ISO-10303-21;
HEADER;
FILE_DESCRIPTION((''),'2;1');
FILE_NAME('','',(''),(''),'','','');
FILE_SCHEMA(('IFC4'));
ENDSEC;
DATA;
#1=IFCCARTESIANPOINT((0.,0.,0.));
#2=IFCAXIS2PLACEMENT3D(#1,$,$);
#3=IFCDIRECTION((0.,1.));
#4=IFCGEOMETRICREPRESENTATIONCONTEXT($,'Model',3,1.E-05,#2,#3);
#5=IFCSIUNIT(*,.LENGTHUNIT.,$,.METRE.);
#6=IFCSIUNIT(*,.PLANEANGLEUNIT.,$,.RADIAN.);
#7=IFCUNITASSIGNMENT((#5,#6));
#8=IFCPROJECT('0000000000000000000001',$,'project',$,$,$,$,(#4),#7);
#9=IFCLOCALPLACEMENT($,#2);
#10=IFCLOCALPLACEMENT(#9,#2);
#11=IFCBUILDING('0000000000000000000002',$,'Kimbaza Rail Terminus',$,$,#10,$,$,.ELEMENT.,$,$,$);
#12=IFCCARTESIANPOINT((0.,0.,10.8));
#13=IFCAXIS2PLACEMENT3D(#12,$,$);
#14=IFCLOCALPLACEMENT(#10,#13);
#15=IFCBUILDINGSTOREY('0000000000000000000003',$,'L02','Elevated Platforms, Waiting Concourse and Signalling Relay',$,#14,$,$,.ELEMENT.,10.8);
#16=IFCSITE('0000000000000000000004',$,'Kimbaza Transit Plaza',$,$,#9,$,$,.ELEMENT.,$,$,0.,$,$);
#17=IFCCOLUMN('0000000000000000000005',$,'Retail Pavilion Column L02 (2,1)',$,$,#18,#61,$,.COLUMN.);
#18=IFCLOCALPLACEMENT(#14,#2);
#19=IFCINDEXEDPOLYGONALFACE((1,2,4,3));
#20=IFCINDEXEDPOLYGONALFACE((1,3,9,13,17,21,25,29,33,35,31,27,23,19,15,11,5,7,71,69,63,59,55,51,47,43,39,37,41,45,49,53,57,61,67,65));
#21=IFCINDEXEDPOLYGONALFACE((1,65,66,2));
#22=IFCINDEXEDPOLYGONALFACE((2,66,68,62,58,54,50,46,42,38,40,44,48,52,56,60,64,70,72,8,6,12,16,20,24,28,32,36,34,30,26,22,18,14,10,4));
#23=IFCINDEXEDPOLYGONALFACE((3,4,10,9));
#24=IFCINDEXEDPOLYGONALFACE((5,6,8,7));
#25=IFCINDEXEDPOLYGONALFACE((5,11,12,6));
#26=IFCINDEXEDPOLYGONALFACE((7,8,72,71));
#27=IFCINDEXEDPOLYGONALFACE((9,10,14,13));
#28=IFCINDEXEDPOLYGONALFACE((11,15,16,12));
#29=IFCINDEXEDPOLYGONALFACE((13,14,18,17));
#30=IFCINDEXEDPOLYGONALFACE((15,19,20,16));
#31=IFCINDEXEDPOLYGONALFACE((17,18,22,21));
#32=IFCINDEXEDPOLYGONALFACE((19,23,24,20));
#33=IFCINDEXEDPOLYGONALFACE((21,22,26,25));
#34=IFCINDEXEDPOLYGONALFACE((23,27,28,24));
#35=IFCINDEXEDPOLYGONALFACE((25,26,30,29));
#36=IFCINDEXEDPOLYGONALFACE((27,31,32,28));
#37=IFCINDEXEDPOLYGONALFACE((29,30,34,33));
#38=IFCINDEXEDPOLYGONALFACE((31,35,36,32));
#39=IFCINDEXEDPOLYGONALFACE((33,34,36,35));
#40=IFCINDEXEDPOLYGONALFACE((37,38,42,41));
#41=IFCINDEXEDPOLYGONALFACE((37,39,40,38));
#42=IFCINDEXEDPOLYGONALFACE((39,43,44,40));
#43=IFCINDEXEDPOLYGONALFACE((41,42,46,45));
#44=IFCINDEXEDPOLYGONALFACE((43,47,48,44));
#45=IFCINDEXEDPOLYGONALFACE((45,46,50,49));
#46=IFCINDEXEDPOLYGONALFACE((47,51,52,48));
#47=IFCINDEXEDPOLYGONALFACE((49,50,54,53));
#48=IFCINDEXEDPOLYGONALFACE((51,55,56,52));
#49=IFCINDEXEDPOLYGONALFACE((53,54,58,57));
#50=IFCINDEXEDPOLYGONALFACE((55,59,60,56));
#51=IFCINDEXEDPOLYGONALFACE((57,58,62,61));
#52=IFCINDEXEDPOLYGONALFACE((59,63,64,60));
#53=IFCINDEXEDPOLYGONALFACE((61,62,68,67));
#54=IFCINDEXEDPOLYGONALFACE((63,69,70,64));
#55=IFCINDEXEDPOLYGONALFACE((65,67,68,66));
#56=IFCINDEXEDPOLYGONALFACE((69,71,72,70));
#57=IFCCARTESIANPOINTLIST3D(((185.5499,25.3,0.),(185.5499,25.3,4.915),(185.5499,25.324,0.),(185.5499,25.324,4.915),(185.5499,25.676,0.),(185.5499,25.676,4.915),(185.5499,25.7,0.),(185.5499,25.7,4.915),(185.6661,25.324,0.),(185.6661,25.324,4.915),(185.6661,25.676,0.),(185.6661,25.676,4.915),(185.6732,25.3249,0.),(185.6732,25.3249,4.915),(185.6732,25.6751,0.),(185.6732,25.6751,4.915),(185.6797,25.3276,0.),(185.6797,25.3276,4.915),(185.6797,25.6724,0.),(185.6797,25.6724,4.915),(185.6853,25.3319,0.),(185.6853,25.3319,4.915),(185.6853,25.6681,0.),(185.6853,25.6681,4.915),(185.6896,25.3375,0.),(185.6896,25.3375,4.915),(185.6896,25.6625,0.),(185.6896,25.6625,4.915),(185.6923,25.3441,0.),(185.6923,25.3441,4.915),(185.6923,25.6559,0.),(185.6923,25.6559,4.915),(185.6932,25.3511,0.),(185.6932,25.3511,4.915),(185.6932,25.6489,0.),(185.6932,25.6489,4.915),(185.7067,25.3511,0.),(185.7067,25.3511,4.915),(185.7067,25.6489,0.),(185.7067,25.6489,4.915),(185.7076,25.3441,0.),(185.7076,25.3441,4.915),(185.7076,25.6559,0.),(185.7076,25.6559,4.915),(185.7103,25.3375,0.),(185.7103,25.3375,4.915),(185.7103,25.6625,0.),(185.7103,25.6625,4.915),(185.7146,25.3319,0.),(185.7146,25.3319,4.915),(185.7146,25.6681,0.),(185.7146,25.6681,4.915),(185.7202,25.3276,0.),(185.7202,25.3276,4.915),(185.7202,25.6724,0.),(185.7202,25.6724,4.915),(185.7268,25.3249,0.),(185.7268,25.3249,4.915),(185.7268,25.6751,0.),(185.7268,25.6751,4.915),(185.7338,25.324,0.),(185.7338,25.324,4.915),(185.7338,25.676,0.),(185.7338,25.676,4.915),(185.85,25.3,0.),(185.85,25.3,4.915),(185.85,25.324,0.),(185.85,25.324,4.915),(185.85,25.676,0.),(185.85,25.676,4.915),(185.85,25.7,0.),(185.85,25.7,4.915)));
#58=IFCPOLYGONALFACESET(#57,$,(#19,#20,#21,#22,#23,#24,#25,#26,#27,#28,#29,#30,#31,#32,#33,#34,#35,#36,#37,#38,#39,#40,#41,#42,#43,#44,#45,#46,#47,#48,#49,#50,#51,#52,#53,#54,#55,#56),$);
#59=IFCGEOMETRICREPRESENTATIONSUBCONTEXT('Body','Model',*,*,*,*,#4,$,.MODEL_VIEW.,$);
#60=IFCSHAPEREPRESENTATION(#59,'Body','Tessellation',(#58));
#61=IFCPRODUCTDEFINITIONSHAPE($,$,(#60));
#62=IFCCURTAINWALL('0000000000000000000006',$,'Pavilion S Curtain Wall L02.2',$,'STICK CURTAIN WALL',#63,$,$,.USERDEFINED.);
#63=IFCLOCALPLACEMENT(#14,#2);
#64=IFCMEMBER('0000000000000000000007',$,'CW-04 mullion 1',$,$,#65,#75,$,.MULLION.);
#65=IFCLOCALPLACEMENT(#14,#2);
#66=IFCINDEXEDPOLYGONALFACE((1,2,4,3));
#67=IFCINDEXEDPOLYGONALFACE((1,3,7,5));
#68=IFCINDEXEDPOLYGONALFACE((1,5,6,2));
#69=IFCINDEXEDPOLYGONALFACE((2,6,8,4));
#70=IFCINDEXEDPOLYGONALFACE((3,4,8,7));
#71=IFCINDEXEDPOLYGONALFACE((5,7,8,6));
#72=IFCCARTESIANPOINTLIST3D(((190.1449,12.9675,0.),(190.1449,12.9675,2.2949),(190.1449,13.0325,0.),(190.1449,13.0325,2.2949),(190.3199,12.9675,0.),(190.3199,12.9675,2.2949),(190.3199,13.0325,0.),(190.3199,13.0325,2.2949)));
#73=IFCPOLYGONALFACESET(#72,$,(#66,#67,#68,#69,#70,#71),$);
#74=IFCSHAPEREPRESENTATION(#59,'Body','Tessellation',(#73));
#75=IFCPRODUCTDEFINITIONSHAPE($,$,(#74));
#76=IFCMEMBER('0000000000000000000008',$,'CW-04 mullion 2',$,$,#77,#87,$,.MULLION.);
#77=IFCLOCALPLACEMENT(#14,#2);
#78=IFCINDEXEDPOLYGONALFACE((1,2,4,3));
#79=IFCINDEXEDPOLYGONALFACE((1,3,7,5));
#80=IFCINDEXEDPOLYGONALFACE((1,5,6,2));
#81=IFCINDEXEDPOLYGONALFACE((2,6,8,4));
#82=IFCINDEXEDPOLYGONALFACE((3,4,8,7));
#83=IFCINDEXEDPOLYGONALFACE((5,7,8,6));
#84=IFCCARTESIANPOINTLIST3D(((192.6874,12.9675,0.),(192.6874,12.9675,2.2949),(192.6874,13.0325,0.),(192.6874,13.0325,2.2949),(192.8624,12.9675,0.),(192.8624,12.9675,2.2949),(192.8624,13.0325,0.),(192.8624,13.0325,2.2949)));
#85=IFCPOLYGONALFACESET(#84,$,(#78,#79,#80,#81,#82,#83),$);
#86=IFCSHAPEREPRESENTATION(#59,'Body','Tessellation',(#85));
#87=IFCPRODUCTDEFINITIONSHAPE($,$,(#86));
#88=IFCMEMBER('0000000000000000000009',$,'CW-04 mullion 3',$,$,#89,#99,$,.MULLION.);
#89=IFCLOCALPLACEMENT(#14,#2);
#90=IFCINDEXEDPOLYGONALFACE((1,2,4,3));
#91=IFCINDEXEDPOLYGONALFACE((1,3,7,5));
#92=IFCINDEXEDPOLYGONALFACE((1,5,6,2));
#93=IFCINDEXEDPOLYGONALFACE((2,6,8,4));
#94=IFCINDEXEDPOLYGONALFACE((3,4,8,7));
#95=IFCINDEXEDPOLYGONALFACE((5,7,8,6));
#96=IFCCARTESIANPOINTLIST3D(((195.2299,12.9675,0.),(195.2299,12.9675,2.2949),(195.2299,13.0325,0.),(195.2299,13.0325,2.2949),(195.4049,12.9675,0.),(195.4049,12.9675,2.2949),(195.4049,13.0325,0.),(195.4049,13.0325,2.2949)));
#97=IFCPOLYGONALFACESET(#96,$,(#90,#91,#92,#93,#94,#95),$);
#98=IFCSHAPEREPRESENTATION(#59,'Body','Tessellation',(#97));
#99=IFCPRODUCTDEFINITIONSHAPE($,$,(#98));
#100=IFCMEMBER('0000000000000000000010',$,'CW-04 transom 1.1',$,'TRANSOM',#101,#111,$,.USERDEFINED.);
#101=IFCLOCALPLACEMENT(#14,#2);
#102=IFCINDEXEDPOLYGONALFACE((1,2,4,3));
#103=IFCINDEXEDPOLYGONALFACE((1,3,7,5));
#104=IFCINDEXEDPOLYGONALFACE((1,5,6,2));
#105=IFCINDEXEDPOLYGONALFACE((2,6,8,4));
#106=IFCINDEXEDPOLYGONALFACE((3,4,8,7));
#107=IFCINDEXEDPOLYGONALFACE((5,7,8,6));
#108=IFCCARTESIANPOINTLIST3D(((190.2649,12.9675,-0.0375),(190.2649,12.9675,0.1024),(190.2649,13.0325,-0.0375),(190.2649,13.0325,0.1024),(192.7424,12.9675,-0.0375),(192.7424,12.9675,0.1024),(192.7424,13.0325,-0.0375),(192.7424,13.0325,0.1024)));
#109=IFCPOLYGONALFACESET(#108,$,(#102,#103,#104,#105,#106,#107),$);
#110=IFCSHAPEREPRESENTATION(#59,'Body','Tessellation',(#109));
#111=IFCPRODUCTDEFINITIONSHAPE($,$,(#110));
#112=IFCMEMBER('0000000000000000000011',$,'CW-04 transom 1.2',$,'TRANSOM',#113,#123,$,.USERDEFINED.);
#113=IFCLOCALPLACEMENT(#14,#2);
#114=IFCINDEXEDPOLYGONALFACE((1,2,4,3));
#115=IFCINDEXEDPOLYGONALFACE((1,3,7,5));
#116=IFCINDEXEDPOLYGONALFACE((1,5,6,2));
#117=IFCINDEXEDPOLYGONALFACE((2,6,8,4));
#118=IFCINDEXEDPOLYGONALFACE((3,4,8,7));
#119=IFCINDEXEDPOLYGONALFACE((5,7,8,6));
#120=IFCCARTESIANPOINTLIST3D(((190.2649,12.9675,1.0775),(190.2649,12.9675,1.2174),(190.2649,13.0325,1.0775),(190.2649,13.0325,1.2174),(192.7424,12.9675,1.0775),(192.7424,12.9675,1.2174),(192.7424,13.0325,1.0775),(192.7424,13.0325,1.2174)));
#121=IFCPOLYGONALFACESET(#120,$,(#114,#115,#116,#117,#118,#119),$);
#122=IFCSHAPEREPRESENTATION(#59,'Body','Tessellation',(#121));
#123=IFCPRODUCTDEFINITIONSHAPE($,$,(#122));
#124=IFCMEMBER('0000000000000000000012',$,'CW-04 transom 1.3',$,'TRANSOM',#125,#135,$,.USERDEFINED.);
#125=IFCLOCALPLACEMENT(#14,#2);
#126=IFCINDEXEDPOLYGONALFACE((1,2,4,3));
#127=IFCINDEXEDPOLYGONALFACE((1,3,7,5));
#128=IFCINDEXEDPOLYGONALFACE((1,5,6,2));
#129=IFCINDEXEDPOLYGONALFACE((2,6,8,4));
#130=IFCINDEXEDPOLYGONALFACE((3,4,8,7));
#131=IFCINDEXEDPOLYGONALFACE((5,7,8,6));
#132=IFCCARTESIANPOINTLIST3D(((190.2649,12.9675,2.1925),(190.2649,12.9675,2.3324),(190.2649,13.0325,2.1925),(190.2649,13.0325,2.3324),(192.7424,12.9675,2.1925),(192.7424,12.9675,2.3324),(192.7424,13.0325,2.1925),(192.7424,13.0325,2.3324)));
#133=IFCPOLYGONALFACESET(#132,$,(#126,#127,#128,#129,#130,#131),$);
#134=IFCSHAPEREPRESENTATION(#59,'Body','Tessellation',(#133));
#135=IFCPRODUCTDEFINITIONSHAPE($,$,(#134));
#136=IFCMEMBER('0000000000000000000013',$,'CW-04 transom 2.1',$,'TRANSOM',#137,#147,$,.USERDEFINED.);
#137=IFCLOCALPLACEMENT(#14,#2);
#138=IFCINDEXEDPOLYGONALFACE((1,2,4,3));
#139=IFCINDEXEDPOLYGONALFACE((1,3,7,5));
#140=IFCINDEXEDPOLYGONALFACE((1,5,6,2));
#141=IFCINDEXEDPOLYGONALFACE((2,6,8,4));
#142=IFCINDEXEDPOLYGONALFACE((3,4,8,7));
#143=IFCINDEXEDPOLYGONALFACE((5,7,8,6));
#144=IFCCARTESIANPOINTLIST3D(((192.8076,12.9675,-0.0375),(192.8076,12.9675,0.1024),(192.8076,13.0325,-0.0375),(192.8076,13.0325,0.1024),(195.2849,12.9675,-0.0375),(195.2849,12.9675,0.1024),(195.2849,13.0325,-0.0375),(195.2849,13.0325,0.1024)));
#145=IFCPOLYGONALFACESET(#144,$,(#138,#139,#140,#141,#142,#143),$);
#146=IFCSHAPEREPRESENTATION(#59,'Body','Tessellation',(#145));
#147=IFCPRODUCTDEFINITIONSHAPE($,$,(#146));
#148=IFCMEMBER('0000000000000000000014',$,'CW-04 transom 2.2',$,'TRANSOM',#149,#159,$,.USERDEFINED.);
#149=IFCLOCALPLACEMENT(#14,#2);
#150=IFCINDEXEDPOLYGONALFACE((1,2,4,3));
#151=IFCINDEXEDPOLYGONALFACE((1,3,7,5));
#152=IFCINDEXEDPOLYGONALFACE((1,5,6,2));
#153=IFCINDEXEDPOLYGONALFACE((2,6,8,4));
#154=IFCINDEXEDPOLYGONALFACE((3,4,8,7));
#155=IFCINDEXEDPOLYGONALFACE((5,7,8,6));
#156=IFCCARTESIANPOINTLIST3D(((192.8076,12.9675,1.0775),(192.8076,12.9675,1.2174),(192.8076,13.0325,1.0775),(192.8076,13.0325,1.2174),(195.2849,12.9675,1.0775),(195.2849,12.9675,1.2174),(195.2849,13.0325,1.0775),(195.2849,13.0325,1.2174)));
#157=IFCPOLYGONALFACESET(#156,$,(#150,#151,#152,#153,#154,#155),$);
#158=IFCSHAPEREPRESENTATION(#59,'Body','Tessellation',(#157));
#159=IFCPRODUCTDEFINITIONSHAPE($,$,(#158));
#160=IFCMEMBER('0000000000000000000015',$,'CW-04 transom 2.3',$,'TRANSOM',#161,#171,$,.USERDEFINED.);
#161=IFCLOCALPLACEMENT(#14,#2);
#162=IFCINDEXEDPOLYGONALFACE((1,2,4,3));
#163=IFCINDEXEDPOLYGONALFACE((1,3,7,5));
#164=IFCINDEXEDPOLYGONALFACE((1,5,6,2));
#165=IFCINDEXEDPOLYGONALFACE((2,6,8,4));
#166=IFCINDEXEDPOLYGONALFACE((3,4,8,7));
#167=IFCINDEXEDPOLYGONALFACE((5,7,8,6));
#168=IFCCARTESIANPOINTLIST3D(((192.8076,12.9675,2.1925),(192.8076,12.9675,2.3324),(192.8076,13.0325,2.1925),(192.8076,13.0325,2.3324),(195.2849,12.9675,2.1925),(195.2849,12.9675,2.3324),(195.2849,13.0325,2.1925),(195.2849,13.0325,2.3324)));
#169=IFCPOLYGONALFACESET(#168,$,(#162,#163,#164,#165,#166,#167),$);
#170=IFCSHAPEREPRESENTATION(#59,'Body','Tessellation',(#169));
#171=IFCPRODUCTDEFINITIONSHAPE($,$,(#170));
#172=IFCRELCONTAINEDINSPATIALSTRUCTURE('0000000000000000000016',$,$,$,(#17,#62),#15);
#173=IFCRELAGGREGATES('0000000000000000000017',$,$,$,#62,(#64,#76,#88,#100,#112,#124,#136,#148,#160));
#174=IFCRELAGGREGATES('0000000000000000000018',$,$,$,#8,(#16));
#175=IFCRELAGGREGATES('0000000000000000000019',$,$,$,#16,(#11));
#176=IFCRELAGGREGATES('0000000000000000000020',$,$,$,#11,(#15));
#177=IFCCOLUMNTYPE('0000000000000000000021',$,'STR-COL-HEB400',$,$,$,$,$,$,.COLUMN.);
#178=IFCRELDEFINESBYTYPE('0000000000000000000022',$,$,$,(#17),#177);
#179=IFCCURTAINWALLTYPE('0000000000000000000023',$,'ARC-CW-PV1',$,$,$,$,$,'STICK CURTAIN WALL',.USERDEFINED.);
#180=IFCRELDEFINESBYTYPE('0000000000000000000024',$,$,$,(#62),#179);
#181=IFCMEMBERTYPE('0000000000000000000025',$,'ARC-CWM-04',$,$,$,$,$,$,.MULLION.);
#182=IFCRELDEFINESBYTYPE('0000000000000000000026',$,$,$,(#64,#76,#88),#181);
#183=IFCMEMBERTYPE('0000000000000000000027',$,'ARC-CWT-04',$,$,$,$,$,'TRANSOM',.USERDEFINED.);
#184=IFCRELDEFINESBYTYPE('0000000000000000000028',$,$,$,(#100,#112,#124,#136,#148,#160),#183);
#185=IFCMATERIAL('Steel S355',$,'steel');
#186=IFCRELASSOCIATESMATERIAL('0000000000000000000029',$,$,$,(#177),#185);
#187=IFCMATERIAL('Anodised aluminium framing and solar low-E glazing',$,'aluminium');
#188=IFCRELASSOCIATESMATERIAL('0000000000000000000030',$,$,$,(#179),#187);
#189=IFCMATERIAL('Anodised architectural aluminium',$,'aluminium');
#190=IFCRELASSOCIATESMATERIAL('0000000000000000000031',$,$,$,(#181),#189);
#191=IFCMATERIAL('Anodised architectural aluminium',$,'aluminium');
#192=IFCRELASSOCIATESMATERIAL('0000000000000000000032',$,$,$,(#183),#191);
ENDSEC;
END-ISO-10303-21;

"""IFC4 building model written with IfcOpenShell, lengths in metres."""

from ifc_helpers import new_model, si_unit, direction, frame, origin, origin_2d, place, context, subcontext, project, spatial, rectangle, i_section, extrude, material, material_profile, profile_set, type_object, element, aggregate, save


model = new_model("IFC4")

# Units and contexts
model_context = context("Model", 3, precision=1e-05, world=origin(), true_north=direction((0.0, 1.0)))
body_context = subcontext(model_context, "Body", "Model", "MODEL_VIEW")
ifc_project = project(units=[si_unit("LENGTHUNIT", "METRE"), si_unit("PLANEANGLEUNIT", "RADIAN")], contexts=[model_context])

# Site, building, storey
site_placement = place(None, origin())
site = spatial("IfcSite", under=ifc_project, at=site_placement, Name="Kimbaza Transit Plaza", CompositionType="ELEMENT", RefElevation=0.0)
building_placement = place(site_placement, origin())
building = spatial("IfcBuilding", under=site, at=building_placement, Name="Kimbaza Rail Terminus", CompositionType="ELEMENT")
storey_placement = place(building_placement, frame((0.0, 0.0, 10.8)))
storey = spatial("IfcBuildingStorey", under=building, at=storey_placement, Name="L02", Description="Elevated Platforms, Waiting Concourse and Signalling Relay", CompositionType="ELEMENT", Elevation=10.8)

# Column
ifc_material_1 = material(Name="Steel S355", Category="steel")
ifc_material_profile_1 = material_profile(ifc_material_1, i_section(OverallWidth=0.3, OverallDepth=0.3999, WebThickness=0.0134, FlangeThickness=0.0239, FilletRadius=0.0271, at=origin_2d()), Name="HEB 400")
ifc_profile_set_1 = profile_set([ifc_material_profile_1], Name="Steel S355")
column_type = type_object("IfcColumnType", Name="STR-COL-HEB400", PredefinedType="COLUMN", material=ifc_profile_set_1)
column_placement = place(storey_placement, frame((185.7, 25.5, 0.0), z_axis=(0.0, 0.0, 1.0), x_axis=(1.0, 0.0, 0.0)))
element("IfcColumn", 1, at=column_placement, inside=storey, type_object=column_type, Name="Retail Pavilion Column L02 (2,1)", PredefinedType="COLUMN", context=body_context, shape_type="SweptSolid", body=[
    extrude(i_section(OverallWidth=0.3, OverallDepth=0.3999, WebThickness=0.0134, FlangeThickness=0.0239, FilletRadius=0.0271, at=origin_2d()), origin(), (0.0, 0.0, 1.0), 4.915),
])

# Curtain wall, members
ifc_material_2 = material(Name="Anodised aluminium framing and solar low-E glazing", Category="aluminium")
curtain_wall_type = type_object("IfcCurtainWallType", Name="ARC-CW-PV1", ElementType="STICK CURTAIN WALL", PredefinedType="USERDEFINED", material=ifc_material_2)
curtain_wall_placement = place(storey_placement, origin())
curtain_wall = element("IfcCurtainWall", 2, at=curtain_wall_placement, inside=storey, type_object=curtain_wall_type, Name="Pavilion S Curtain Wall L02.2", ObjectType="STICK CURTAIN WALL", PredefinedType="USERDEFINED")
ifc_material_3 = material(Name="Anodised architectural aluminium", Category="aluminium")
ifc_material_profile_2 = material_profile(ifc_material_3, rectangle(XDim=0.0649, YDim=0.175, at=origin_2d()), Name="MULLION 65x175")
ifc_profile_set_2 = profile_set([ifc_material_profile_2], Name="Anodised architectural aluminium")
member_type_1 = type_object("IfcMemberType", Name="ARC-CWM-04", PredefinedType="MULLION", material=ifc_profile_set_2)
member_1_placement = place(storey_placement, frame((190.2324, 13.0, 0.0), z_axis=(0.0, 0.0, 1.0), x_axis=(0.0, 1.0, 0.0)))
member_1 = element("IfcMember", 3, at=member_1_placement, type_object=member_type_1, Name="CW-04 mullion 1", PredefinedType="MULLION", context=body_context, shape_type="SweptSolid", body=[
    extrude(rectangle(XDim=0.0649, YDim=0.175, at=origin_2d()), origin(), (0.0, 0.0, 1.0), 2.2949),
])
member_2_placement = place(storey_placement, frame((192.7749, 13.0, 0.0), z_axis=(0.0, 0.0, 1.0), x_axis=(0.0, 1.0, 0.0)))
member_2 = element("IfcMember", 4, at=member_2_placement, type_object=member_type_1, Name="CW-04 mullion 2", PredefinedType="MULLION", context=body_context, shape_type="SweptSolid", body=[
    extrude(rectangle(XDim=0.0649, YDim=0.175, at=origin_2d()), origin(), (0.0, 0.0, 1.0), 2.2949),
])
member_3_placement = place(storey_placement, frame((195.3174, 13.0, 0.0), z_axis=(0.0, 0.0, 1.0), x_axis=(0.0, 1.0, 0.0)))
member_3 = element("IfcMember", 5, at=member_3_placement, type_object=member_type_1, Name="CW-04 mullion 3", PredefinedType="MULLION", context=body_context, shape_type="SweptSolid", body=[
    extrude(rectangle(XDim=0.0649, YDim=0.175, at=origin_2d()), origin(), (0.0, 0.0, 1.0), 2.2949),
])
ifc_material_4 = material(Name="Anodised architectural aluminium", Category="aluminium")
ifc_material_profile_3 = material_profile(ifc_material_4, rectangle(XDim=0.0649, YDim=0.1399, at=origin_2d()), Name="TRANSOM 65x140")
ifc_profile_set_3 = profile_set([ifc_material_profile_3], Name="Anodised architectural aluminium")
member_type_2 = type_object("IfcMemberType", Name="ARC-CWT-04", ElementType="TRANSOM", PredefinedType="USERDEFINED", material=ifc_profile_set_3)
member_4_placement = place(storey_placement, frame((190.2649, 13.0, 0.0325), z_axis=(1.0, 0.0, 0.0), x_axis=(0.0, 1.0, 0.0)))
member_4 = element("IfcMember", 6, at=member_4_placement, type_object=member_type_2, Name="CW-04 transom 1.1", ObjectType="TRANSOM", PredefinedType="USERDEFINED", context=body_context, shape_type="SweptSolid", body=[
    extrude(rectangle(XDim=0.0649, YDim=0.1399, at=origin_2d()), origin(), (0.0, 0.0, 1.0), 2.4775),
])
member_5_placement = place(storey_placement, frame((190.2649, 13.0, 1.1475), z_axis=(1.0, 0.0, 0.0), x_axis=(0.0, 1.0, 0.0)))
member_5 = element("IfcMember", 7, at=member_5_placement, type_object=member_type_2, Name="CW-04 transom 1.2", ObjectType="TRANSOM", PredefinedType="USERDEFINED", context=body_context, shape_type="SweptSolid", body=[
    extrude(rectangle(XDim=0.0649, YDim=0.1399, at=origin_2d()), origin(), (0.0, 0.0, 1.0), 2.4775),
])
member_6_placement = place(storey_placement, frame((190.2649, 13.0, 2.2625), z_axis=(1.0, 0.0, 0.0), x_axis=(0.0, 1.0, 0.0)))
member_6 = element("IfcMember", 8, at=member_6_placement, type_object=member_type_2, Name="CW-04 transom 1.3", ObjectType="TRANSOM", PredefinedType="USERDEFINED", context=body_context, shape_type="SweptSolid", body=[
    extrude(rectangle(XDim=0.0649, YDim=0.1399, at=origin_2d()), origin(), (0.0, 0.0, 1.0), 2.4775),
])
member_7_placement = place(storey_placement, frame((192.8076, 13.0, 0.0325), z_axis=(1.0, 0.0, 0.0), x_axis=(0.0, 1.0, 0.0)))
member_7 = element("IfcMember", 9, at=member_7_placement, type_object=member_type_2, Name="CW-04 transom 2.1", ObjectType="TRANSOM", PredefinedType="USERDEFINED", context=body_context, shape_type="SweptSolid", body=[
    extrude(rectangle(XDim=0.0649, YDim=0.1399, at=origin_2d()), origin(), (0.0, 0.0, 1.0), 2.4773),
])
member_8_placement = place(storey_placement, frame((192.8076, 13.0, 1.1475), z_axis=(1.0, 0.0, 0.0), x_axis=(0.0, 1.0, 0.0)))
member_8 = element("IfcMember", 10, at=member_8_placement, type_object=member_type_2, Name="CW-04 transom 2.2", ObjectType="TRANSOM", PredefinedType="USERDEFINED", context=body_context, shape_type="SweptSolid", body=[
    extrude(rectangle(XDim=0.0649, YDim=0.1399, at=origin_2d()), origin(), (0.0, 0.0, 1.0), 2.4773),
])
member_9_placement = place(storey_placement, frame((192.8076, 13.0, 2.2625), z_axis=(1.0, 0.0, 0.0), x_axis=(0.0, 1.0, 0.0)))
member_9 = element("IfcMember", 11, at=member_9_placement, type_object=member_type_2, Name="CW-04 transom 2.3", ObjectType="TRANSOM", PredefinedType="USERDEFINED", context=body_context, shape_type="SweptSolid", body=[
    extrude(rectangle(XDim=0.0649, YDim=0.1399, at=origin_2d()), origin(), (0.0, 0.0, 1.0), 2.4773),
])

aggregate(curtain_wall, [member_1, member_2, member_3, member_4, member_5, member_6, member_7, member_8, member_9])

save(model, "model.ifc")
